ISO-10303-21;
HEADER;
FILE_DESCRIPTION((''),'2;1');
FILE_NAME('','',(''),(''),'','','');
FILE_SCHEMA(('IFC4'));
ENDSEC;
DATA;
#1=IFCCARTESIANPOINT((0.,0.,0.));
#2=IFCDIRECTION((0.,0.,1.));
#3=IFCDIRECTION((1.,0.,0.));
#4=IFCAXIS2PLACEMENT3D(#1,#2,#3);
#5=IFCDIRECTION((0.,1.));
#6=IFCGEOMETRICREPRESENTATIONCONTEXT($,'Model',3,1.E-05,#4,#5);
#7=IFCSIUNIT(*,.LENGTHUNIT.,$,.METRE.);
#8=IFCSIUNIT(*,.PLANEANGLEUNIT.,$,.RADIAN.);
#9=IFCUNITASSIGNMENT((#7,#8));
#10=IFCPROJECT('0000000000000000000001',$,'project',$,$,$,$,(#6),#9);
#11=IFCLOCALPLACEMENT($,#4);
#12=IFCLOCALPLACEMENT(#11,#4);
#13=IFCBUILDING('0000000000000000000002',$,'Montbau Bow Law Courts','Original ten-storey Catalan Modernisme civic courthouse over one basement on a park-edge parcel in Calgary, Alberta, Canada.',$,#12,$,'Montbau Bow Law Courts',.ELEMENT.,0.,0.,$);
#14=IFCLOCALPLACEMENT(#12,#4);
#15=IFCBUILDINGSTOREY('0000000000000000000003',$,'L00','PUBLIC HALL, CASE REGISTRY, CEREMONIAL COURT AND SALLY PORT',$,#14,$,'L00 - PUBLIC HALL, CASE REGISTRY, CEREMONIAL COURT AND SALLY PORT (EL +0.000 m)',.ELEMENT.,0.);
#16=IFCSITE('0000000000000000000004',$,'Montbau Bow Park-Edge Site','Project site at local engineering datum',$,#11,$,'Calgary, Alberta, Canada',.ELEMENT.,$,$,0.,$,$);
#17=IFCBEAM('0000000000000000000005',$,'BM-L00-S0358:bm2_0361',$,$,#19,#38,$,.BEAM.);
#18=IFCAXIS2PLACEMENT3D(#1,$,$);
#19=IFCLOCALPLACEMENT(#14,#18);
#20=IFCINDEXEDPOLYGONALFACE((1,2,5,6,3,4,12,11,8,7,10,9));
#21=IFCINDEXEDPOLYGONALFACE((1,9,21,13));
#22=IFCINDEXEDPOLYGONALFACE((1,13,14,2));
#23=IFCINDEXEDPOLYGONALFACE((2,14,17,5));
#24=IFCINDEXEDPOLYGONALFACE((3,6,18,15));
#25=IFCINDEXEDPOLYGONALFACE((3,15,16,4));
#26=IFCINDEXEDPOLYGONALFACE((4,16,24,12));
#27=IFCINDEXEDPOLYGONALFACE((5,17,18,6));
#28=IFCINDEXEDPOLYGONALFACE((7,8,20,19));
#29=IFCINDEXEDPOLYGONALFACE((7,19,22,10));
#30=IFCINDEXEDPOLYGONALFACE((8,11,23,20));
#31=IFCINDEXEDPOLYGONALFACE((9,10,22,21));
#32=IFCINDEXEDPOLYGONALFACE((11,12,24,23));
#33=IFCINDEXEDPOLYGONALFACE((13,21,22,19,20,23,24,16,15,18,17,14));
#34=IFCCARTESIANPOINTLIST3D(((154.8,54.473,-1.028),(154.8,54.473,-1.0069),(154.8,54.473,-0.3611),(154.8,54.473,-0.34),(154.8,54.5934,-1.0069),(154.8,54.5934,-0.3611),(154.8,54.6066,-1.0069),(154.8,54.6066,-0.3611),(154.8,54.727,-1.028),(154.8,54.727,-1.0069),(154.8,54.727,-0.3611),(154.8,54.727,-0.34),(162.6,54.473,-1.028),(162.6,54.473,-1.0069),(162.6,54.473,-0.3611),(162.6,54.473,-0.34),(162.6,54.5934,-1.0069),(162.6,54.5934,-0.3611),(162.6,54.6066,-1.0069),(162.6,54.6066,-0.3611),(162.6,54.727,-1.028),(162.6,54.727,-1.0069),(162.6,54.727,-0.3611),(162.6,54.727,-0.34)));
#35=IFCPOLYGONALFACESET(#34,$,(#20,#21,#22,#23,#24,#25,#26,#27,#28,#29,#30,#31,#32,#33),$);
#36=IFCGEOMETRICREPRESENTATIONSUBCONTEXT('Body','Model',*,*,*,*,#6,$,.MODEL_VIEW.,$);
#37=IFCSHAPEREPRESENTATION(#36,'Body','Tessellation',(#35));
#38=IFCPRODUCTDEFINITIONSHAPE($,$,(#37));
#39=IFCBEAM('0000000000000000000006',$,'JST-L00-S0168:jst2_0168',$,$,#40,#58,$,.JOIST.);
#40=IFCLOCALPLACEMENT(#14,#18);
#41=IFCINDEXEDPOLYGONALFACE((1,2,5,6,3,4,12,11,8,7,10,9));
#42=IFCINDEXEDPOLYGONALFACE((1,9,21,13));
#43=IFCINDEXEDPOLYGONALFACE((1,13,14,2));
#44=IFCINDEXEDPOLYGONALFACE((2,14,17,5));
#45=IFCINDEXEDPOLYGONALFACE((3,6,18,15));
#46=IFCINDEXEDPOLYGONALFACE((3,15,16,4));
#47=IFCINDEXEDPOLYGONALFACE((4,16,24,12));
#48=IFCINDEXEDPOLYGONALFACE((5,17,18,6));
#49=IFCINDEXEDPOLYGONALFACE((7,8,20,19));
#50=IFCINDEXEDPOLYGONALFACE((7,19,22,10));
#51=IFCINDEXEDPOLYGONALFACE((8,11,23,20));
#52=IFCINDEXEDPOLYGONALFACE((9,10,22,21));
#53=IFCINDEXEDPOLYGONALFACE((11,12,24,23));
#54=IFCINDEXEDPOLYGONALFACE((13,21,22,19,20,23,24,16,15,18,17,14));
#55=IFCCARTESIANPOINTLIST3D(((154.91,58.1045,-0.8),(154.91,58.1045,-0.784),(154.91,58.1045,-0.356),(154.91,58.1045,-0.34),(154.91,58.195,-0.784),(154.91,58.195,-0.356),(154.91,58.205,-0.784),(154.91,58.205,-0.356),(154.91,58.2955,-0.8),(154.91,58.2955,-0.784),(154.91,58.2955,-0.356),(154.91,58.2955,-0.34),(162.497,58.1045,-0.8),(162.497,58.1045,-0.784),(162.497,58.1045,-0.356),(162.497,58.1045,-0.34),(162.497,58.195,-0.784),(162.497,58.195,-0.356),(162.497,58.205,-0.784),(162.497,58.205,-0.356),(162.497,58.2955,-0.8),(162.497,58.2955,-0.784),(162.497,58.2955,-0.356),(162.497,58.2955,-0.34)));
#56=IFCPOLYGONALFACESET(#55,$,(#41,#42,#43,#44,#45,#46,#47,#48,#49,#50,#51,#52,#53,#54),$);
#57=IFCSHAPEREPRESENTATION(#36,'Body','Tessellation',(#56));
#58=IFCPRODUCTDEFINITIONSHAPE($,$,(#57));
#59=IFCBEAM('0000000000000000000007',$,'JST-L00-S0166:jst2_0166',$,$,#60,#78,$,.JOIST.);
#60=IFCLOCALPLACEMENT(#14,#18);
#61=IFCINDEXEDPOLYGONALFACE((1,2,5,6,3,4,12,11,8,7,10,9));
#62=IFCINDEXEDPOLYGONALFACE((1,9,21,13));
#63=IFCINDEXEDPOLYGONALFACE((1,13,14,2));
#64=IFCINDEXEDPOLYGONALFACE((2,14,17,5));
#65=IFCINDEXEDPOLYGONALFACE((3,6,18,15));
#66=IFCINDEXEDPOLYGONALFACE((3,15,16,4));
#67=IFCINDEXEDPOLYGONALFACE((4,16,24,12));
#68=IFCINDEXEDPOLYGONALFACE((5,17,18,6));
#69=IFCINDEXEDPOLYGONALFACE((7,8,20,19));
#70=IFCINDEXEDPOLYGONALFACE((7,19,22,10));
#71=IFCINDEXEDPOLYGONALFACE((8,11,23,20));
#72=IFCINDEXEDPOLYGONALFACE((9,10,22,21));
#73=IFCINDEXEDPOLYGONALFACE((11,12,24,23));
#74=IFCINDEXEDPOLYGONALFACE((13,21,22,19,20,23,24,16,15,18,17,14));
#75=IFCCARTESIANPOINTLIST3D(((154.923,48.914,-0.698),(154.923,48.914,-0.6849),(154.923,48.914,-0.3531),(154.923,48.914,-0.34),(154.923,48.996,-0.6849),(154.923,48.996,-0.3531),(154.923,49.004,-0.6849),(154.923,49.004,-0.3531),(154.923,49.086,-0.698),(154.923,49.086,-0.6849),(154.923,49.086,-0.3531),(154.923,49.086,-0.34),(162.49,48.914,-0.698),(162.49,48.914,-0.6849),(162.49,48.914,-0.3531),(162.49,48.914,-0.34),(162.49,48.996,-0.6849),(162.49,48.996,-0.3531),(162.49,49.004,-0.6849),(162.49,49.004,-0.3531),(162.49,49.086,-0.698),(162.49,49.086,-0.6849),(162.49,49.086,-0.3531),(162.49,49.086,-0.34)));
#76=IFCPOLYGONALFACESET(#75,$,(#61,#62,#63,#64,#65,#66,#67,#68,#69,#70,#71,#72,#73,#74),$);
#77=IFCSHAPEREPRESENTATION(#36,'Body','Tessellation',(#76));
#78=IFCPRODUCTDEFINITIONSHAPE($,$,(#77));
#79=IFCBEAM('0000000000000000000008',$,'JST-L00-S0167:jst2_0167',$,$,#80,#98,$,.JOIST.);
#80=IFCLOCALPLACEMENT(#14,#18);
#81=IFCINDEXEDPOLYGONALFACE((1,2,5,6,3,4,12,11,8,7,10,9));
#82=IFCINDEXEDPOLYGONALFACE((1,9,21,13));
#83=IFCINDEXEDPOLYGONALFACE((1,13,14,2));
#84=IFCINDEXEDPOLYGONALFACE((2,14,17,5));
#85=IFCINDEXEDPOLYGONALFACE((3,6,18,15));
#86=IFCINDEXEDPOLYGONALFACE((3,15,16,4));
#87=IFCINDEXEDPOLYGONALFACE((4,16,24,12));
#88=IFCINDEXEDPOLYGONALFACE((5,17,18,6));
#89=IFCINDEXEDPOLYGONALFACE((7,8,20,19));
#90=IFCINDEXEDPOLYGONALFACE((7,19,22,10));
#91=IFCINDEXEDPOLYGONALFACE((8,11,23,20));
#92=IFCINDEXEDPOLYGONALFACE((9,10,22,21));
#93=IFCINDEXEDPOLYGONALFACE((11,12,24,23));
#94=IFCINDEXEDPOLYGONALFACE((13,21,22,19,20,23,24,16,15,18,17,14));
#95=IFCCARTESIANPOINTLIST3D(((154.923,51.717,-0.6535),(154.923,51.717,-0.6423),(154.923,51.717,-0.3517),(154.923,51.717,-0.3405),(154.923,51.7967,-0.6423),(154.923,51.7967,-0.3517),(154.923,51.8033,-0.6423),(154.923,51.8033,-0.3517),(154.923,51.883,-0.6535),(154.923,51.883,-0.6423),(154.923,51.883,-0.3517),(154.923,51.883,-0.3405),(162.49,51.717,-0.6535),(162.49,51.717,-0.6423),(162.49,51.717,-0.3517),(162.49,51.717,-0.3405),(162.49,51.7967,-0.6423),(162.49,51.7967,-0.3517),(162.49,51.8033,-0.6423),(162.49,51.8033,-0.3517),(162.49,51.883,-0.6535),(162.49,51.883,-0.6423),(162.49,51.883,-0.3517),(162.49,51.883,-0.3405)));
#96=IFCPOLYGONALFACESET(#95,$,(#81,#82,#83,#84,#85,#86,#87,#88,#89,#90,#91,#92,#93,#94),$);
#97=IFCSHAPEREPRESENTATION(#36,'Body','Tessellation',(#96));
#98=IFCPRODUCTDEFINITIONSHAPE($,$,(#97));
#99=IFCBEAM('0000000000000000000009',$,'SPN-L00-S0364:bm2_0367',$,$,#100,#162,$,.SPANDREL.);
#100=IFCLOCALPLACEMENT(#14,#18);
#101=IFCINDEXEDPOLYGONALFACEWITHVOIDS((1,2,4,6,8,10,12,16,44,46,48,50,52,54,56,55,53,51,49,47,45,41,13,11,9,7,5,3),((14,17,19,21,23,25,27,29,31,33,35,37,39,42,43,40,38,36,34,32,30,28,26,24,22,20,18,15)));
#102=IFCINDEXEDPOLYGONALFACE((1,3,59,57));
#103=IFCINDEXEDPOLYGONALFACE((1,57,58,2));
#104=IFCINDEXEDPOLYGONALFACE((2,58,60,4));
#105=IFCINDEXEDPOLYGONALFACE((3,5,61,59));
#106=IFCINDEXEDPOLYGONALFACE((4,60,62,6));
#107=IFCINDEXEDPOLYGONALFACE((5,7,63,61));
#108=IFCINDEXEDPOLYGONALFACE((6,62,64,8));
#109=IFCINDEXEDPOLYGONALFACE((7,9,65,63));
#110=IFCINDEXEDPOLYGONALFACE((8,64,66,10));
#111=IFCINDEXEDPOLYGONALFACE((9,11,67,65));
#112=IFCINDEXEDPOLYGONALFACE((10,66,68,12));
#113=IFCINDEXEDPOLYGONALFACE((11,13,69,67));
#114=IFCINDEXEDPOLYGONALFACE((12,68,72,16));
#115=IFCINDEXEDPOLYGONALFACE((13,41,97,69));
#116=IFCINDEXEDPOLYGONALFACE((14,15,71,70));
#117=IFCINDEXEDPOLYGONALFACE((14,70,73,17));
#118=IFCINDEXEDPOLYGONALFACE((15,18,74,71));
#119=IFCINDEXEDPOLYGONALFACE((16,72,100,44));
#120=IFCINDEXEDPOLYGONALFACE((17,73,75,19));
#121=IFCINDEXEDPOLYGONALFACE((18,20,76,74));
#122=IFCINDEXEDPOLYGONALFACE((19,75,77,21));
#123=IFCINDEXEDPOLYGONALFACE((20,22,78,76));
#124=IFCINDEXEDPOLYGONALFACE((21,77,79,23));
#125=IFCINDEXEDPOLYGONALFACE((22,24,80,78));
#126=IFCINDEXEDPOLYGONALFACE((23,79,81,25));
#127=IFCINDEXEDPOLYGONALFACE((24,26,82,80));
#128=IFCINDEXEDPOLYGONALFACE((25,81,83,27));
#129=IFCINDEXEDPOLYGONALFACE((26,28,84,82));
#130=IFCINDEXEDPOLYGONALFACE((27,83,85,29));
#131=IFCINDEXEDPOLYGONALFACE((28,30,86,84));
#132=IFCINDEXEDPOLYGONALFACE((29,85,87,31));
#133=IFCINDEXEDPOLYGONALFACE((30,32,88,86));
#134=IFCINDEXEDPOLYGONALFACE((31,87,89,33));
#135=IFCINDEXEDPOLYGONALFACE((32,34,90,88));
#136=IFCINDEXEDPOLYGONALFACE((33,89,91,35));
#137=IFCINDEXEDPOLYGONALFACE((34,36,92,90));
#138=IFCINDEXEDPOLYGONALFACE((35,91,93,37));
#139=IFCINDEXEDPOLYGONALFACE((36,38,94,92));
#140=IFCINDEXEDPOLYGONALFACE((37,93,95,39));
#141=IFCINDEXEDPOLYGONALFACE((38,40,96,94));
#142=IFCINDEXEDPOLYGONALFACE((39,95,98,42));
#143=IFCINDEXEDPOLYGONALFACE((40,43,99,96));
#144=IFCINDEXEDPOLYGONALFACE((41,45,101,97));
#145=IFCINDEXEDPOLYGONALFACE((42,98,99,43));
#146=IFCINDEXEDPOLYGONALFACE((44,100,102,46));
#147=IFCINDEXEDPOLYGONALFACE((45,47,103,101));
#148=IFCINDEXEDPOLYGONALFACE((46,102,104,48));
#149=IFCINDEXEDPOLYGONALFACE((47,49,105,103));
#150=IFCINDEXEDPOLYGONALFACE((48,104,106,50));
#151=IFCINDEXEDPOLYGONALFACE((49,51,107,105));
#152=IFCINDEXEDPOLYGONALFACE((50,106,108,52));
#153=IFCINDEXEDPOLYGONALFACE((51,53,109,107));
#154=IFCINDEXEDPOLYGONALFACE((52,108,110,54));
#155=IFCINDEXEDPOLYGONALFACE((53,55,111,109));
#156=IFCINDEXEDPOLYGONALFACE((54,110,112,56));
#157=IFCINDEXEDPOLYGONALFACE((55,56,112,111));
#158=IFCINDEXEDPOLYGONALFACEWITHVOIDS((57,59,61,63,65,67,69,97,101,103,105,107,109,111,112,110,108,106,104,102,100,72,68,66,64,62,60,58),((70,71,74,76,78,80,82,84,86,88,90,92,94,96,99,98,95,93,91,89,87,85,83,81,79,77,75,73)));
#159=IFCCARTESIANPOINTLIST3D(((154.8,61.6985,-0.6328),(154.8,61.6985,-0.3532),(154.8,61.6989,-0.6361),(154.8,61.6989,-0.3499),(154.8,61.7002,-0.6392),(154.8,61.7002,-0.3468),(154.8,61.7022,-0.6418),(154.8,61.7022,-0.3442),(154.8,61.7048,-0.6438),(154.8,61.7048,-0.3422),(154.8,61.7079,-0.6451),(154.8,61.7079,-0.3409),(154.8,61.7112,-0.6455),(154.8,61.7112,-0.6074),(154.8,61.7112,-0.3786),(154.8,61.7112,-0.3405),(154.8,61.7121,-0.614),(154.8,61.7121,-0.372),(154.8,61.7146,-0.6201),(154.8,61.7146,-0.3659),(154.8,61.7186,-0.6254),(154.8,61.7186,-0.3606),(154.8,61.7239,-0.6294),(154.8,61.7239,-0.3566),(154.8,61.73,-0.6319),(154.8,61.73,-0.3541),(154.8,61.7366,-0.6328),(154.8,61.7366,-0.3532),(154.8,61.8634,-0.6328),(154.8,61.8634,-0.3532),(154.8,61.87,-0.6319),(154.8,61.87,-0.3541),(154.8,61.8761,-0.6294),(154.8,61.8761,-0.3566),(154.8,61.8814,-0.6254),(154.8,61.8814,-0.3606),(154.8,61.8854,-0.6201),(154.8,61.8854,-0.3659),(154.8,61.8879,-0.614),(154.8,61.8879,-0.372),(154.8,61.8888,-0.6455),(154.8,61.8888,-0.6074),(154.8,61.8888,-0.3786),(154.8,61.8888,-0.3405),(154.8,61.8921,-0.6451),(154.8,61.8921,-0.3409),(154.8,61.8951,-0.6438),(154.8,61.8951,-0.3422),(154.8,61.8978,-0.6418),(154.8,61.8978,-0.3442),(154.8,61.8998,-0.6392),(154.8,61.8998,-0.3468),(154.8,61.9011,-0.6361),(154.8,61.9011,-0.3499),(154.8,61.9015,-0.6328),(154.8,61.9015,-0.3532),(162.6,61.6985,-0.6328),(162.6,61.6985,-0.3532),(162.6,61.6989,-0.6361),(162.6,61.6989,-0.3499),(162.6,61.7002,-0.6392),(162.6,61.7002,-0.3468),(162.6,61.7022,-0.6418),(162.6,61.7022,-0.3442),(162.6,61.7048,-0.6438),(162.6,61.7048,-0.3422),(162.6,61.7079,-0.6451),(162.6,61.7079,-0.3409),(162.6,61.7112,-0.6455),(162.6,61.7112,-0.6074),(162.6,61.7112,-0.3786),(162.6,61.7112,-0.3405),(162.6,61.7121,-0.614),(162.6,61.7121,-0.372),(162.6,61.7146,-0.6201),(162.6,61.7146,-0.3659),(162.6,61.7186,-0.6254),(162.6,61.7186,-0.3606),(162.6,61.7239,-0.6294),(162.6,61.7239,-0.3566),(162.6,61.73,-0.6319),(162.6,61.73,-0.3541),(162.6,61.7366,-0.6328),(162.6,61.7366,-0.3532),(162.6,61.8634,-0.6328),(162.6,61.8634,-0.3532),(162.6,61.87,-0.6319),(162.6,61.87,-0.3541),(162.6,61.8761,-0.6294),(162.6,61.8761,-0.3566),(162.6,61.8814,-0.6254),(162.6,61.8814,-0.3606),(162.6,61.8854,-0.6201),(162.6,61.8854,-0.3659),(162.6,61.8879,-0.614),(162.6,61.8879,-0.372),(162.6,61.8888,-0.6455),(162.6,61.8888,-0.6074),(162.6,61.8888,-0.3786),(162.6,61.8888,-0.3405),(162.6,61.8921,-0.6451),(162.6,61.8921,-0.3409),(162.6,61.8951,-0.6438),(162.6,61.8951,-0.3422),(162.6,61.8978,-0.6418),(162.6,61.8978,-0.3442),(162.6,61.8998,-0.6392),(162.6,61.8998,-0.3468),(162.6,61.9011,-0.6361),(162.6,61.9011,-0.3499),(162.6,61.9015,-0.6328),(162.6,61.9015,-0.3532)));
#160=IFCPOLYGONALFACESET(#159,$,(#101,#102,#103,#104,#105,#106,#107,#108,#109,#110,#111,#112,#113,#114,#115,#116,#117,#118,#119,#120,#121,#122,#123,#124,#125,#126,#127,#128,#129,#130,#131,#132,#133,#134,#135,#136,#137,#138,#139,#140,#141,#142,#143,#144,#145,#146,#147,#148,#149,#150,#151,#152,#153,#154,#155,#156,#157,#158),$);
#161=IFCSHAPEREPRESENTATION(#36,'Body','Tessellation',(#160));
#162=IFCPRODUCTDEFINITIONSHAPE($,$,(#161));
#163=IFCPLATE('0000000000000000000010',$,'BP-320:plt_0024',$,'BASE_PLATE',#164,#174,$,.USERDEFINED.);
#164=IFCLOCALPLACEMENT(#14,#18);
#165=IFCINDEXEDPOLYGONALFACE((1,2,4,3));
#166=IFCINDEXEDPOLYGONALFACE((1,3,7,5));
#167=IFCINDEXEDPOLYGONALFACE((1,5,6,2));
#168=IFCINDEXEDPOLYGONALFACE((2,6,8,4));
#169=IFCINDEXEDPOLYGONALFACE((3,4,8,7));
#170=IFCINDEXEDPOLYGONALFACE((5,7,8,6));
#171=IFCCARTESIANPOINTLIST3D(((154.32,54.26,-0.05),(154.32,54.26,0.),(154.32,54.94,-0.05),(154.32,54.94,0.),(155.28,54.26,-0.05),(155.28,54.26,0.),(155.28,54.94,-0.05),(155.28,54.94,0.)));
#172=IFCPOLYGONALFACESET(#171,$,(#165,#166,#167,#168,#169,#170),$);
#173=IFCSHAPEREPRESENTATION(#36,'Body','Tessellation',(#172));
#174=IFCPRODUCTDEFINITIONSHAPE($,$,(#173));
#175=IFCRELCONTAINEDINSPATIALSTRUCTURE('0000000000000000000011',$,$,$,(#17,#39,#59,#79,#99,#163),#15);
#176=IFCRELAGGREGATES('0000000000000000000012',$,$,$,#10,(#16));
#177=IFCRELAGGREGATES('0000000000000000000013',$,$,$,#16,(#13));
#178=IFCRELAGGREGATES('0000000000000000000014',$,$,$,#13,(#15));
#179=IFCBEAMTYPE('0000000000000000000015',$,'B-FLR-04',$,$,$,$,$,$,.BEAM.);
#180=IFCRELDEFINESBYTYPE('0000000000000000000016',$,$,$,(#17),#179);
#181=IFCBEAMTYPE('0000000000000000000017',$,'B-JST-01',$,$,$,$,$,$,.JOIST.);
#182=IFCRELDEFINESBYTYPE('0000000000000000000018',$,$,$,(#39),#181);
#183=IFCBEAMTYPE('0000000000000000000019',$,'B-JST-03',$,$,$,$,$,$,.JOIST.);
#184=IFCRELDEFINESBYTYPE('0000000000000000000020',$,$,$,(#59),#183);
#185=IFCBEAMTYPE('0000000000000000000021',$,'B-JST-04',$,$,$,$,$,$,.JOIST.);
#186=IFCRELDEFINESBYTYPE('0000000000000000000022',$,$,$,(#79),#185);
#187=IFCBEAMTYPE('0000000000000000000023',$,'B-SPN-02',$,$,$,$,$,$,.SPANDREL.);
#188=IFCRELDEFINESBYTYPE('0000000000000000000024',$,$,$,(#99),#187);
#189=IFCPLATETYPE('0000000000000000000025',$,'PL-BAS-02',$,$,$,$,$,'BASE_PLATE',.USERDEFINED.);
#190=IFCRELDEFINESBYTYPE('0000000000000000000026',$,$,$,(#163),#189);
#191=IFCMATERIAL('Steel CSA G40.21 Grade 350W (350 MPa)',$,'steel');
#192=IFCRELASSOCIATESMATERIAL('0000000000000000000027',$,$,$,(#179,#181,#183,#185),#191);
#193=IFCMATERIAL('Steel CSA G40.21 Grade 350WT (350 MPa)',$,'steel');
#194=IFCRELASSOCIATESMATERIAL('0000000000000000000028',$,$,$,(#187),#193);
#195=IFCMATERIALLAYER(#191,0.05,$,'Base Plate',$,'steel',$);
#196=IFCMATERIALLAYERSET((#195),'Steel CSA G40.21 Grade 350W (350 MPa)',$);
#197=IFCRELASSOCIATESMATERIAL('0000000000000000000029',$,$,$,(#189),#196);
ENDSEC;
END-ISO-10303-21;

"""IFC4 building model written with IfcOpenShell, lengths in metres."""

from ifc_helpers import new_model, si_unit, direction, frame, origin_with_axes, origin_2d_with_axis, place, context, subcontext, project, spatial, rectangle, hollow_rectangle, i_section, extrude, material, layer, layer_set, material_profile, profile_set, type_object, element, save


model = new_model("IFC4")

# Units and contexts
model_context = context("Model", 3, precision=1e-05, world=origin_with_axes(), true_north=direction((0.0, 1.0)))
body_context = subcontext(model_context, "Body", "Model", "MODEL_VIEW")
ifc_project = project(units=[si_unit("LENGTHUNIT", "METRE"), si_unit("PLANEANGLEUNIT", "RADIAN")], contexts=[model_context])

# Site, building, storey
site_placement = place(None, origin_with_axes())
site = spatial("IfcSite", under=ifc_project, at=site_placement, Name="Montbau Bow Park-Edge Site", Description="Project site at local engineering datum", LongName="Calgary, Alberta, Canada", CompositionType="ELEMENT", RefElevation=0.0)
building_placement = place(site_placement, origin_with_axes())
building = spatial("IfcBuilding", under=site, at=building_placement, Name="Montbau Bow Law Courts", Description="Original ten-storey Catalan Modernisme civic courthouse over one basement on a park-edge parcel in Calgary, Alberta, Canada.", LongName="Montbau Bow Law Courts", CompositionType="ELEMENT", ElevationOfRefHeight=0.0, ElevationOfTerrain=0.0)
storey_placement = place(building_placement, origin_with_axes())
storey = spatial("IfcBuildingStorey", under=building, at=storey_placement, Name="L00", Description="PUBLIC HALL, CASE REGISTRY, CEREMONIAL COURT AND SALLY PORT", LongName="L00 - PUBLIC HALL, CASE REGISTRY, CEREMONIAL COURT AND SALLY PORT (EL +0.000 m)", CompositionType="ELEMENT", Elevation=0.0)

# Shared definitions
ifc_material_1 = material(Name="Steel CSA G40.21 Grade 350W (350 MPa)", Category="steel")

# Beams
ifc_material_profile_1 = material_profile(ifc_material_1, i_section(OverallWidth=0.254, OverallDepth=0.688, WebThickness=0.0131, FlangeThickness=0.0211, at=origin_2d_with_axis()), Name="W690X152", Category="Main", Priority=0)
ifc_profile_set_1 = profile_set([ifc_material_profile_1], Name="Steel CSA G40.21 Grade 350W (350 MPa)")
beam_type_1 = type_object("IfcBeamType", Name="B-FLR-04", PredefinedType="BEAM", material=ifc_profile_set_1)
beam_1_placement = place(None, frame((154.8, 54.6, -0.684), z_axis=(1.0, 0.0, 0.0), x_axis=(0.0, 1.0, 0.0)))
element("IfcBeam", 1, at=beam_1_placement, inside=storey, type_object=beam_type_1, Name="BM-L00-S0358:bm2_0361", PredefinedType="BEAM", context=body_context, shape_type="SweptSolid", body=[
    extrude(i_section(OverallWidth=0.254, OverallDepth=0.688, WebThickness=0.0131, FlangeThickness=0.0211, at=origin_2d_with_axis()), origin_with_axes(), (0.0, 0.0, 1.0), 7.8),
])
ifc_material_profile_2 = material_profile(ifc_material_1, i_section(OverallWidth=0.191, OverallDepth=0.46, WebThickness=0.0099, FlangeThickness=0.016, at=origin_2d_with_axis()), Name="W460X82", Category="Main", Priority=0)
ifc_profile_set_2 = profile_set([ifc_material_profile_2], Name="Steel CSA G40.21 Grade 350W (350 MPa)")
beam_type_2 = type_object("IfcBeamType", Name="B-JST-01", PredefinedType="JOIST", material=ifc_profile_set_2)
beam_2_placement = place(None, frame((154.91, 58.2, -0.57), z_axis=(1.0, 0.0, 0.0), x_axis=(0.0, 1.0, 0.0)))
element("IfcBeam", 2, at=beam_2_placement, inside=storey, type_object=beam_type_2, Name="JST-L00-S0168:jst2_0168", PredefinedType="JOIST", context=body_context, shape_type="SweptSolid", body=[
    extrude(i_section(OverallWidth=0.191, OverallDepth=0.46, WebThickness=0.0099, FlangeThickness=0.016, at=origin_2d_with_axis()), origin_with_axes(), (0.0, 0.0, 1.0), 7.587),
])
ifc_material_profile_3 = material_profile(ifc_material_1, i_section(OverallWidth=0.172, OverallDepth=0.358, WebThickness=0.0079, FlangeThickness=0.0131, at=origin_2d_with_axis()), Name="W360X57", Category="Main", Priority=0)
ifc_profile_set_3 = profile_set([ifc_material_profile_3], Name="Steel CSA G40.21 Grade 350W (350 MPa)")
beam_type_3 = type_object("IfcBeamType", Name="B-JST-03", PredefinedType="JOIST", material=ifc_profile_set_3)
beam_3_placement = place(None, frame((154.923, 49.0, -0.519), z_axis=(1.0, 0.0, 0.0), x_axis=(0.0, 1.0, 0.0)))
element("IfcBeam", 3, at=beam_3_placement, inside=storey, type_object=beam_type_3, Name="JST-L00-S0166:jst2_0166", PredefinedType="JOIST", context=body_context, shape_type="SweptSolid", body=[
    extrude(i_section(OverallWidth=0.172, OverallDepth=0.358, WebThickness=0.0079, FlangeThickness=0.0131, at=origin_2d_with_axis()), origin_with_axes(), (0.0, 0.0, 1.0), 7.567),
])
ifc_material_profile_4 = material_profile(ifc_material_1, i_section(OverallWidth=0.166, OverallDepth=0.313, WebThickness=0.0066, FlangeThickness=0.0112, at=origin_2d_with_axis()), Name="W310X45", Category="Main", Priority=0)
ifc_profile_set_4 = profile_set([ifc_material_profile_4], Name="Steel CSA G40.21 Grade 350W (350 MPa)")
beam_type_4 = type_object("IfcBeamType", Name="B-JST-04", PredefinedType="JOIST", material=ifc_profile_set_4)
beam_4_placement = place(None, frame((154.923, 51.8, -0.497), z_axis=(1.0, 0.0, 0.0), x_axis=(0.0, 1.0, 0.0)))
element("IfcBeam", 4, at=beam_4_placement, inside=storey, type_object=beam_type_4, Name="JST-L00-S0167:jst2_0167", PredefinedType="JOIST", context=body_context, shape_type="SweptSolid", body=[
    extrude(i_section(OverallWidth=0.166, OverallDepth=0.313, WebThickness=0.0066, FlangeThickness=0.0112, at=origin_2d_with_axis()), origin_with_axes(), (0.0, 0.0, 1.0), 7.567),
])
ifc_material_2 = material(Name="Steel CSA G40.21 Grade 350WT (350 MPa)", Category="steel")
ifc_material_profile_5 = material_profile(ifc_material_2, hollow_rectangle(XDim=0.203, YDim=0.305, WallThickness=0.0127, InnerFilletRadius=0.0254, OuterFilletRadius=0.0127, at=origin_2d_with_axis()), Name="HSS305X203X13", Category="Main", Priority=0)
ifc_profile_set_5 = profile_set([ifc_material_profile_5], Name="Steel CSA G40.21 Grade 350WT (350 MPa)")
beam_type_5 = type_object("IfcBeamType", Name="B-SPN-02", PredefinedType="SPANDREL", material=ifc_profile_set_5)
beam_5_placement = place(None, frame((154.8, 61.8, -0.493), z_axis=(1.0, 0.0, 0.0), x_axis=(0.0, 1.0, 0.0)))
element("IfcBeam", 5, at=beam_5_placement, inside=storey, type_object=beam_type_5, Name="SPN-L00-S0364:bm2_0367", PredefinedType="SPANDREL", context=body_context, shape_type="SweptSolid", body=[
    extrude(hollow_rectangle(XDim=0.203, YDim=0.305, WallThickness=0.0127, InnerFilletRadius=0.0254, OuterFilletRadius=0.0127, at=origin_2d_with_axis()), origin_with_axes(), (0.0, 0.0, 1.0), 7.8),
])

# Plate
ifc_layer = layer(ifc_material_1, 0.05, Name="Base Plate", Category="steel")
ifc_layer_set = layer_set([ifc_layer], Name="Steel CSA G40.21 Grade 350W (350 MPa)")
plate_type = type_object("IfcPlateType", Name="PL-BAS-02", ElementType="BASE_PLATE", PredefinedType="USERDEFINED", material=ifc_layer_set)
plate_placement = place(None, frame((154.8, 54.6, -0.05), z_axis=(0.0, 0.0, 1.0), x_axis=(1.0, 0.0, 0.0)))
element("IfcPlate", 6, at=plate_placement, inside=storey, type_object=plate_type, Name="BP-320:plt_0024", ObjectType="BASE_PLATE", PredefinedType="USERDEFINED", context=body_context, shape_type="SweptSolid", body=[
    extrude(rectangle(XDim=0.96, YDim=0.68, at=origin_2d_with_axis()), origin_with_axes(), (0.0, 0.0, 1.0), 0.05),
])

save(model, "model.ifc")
